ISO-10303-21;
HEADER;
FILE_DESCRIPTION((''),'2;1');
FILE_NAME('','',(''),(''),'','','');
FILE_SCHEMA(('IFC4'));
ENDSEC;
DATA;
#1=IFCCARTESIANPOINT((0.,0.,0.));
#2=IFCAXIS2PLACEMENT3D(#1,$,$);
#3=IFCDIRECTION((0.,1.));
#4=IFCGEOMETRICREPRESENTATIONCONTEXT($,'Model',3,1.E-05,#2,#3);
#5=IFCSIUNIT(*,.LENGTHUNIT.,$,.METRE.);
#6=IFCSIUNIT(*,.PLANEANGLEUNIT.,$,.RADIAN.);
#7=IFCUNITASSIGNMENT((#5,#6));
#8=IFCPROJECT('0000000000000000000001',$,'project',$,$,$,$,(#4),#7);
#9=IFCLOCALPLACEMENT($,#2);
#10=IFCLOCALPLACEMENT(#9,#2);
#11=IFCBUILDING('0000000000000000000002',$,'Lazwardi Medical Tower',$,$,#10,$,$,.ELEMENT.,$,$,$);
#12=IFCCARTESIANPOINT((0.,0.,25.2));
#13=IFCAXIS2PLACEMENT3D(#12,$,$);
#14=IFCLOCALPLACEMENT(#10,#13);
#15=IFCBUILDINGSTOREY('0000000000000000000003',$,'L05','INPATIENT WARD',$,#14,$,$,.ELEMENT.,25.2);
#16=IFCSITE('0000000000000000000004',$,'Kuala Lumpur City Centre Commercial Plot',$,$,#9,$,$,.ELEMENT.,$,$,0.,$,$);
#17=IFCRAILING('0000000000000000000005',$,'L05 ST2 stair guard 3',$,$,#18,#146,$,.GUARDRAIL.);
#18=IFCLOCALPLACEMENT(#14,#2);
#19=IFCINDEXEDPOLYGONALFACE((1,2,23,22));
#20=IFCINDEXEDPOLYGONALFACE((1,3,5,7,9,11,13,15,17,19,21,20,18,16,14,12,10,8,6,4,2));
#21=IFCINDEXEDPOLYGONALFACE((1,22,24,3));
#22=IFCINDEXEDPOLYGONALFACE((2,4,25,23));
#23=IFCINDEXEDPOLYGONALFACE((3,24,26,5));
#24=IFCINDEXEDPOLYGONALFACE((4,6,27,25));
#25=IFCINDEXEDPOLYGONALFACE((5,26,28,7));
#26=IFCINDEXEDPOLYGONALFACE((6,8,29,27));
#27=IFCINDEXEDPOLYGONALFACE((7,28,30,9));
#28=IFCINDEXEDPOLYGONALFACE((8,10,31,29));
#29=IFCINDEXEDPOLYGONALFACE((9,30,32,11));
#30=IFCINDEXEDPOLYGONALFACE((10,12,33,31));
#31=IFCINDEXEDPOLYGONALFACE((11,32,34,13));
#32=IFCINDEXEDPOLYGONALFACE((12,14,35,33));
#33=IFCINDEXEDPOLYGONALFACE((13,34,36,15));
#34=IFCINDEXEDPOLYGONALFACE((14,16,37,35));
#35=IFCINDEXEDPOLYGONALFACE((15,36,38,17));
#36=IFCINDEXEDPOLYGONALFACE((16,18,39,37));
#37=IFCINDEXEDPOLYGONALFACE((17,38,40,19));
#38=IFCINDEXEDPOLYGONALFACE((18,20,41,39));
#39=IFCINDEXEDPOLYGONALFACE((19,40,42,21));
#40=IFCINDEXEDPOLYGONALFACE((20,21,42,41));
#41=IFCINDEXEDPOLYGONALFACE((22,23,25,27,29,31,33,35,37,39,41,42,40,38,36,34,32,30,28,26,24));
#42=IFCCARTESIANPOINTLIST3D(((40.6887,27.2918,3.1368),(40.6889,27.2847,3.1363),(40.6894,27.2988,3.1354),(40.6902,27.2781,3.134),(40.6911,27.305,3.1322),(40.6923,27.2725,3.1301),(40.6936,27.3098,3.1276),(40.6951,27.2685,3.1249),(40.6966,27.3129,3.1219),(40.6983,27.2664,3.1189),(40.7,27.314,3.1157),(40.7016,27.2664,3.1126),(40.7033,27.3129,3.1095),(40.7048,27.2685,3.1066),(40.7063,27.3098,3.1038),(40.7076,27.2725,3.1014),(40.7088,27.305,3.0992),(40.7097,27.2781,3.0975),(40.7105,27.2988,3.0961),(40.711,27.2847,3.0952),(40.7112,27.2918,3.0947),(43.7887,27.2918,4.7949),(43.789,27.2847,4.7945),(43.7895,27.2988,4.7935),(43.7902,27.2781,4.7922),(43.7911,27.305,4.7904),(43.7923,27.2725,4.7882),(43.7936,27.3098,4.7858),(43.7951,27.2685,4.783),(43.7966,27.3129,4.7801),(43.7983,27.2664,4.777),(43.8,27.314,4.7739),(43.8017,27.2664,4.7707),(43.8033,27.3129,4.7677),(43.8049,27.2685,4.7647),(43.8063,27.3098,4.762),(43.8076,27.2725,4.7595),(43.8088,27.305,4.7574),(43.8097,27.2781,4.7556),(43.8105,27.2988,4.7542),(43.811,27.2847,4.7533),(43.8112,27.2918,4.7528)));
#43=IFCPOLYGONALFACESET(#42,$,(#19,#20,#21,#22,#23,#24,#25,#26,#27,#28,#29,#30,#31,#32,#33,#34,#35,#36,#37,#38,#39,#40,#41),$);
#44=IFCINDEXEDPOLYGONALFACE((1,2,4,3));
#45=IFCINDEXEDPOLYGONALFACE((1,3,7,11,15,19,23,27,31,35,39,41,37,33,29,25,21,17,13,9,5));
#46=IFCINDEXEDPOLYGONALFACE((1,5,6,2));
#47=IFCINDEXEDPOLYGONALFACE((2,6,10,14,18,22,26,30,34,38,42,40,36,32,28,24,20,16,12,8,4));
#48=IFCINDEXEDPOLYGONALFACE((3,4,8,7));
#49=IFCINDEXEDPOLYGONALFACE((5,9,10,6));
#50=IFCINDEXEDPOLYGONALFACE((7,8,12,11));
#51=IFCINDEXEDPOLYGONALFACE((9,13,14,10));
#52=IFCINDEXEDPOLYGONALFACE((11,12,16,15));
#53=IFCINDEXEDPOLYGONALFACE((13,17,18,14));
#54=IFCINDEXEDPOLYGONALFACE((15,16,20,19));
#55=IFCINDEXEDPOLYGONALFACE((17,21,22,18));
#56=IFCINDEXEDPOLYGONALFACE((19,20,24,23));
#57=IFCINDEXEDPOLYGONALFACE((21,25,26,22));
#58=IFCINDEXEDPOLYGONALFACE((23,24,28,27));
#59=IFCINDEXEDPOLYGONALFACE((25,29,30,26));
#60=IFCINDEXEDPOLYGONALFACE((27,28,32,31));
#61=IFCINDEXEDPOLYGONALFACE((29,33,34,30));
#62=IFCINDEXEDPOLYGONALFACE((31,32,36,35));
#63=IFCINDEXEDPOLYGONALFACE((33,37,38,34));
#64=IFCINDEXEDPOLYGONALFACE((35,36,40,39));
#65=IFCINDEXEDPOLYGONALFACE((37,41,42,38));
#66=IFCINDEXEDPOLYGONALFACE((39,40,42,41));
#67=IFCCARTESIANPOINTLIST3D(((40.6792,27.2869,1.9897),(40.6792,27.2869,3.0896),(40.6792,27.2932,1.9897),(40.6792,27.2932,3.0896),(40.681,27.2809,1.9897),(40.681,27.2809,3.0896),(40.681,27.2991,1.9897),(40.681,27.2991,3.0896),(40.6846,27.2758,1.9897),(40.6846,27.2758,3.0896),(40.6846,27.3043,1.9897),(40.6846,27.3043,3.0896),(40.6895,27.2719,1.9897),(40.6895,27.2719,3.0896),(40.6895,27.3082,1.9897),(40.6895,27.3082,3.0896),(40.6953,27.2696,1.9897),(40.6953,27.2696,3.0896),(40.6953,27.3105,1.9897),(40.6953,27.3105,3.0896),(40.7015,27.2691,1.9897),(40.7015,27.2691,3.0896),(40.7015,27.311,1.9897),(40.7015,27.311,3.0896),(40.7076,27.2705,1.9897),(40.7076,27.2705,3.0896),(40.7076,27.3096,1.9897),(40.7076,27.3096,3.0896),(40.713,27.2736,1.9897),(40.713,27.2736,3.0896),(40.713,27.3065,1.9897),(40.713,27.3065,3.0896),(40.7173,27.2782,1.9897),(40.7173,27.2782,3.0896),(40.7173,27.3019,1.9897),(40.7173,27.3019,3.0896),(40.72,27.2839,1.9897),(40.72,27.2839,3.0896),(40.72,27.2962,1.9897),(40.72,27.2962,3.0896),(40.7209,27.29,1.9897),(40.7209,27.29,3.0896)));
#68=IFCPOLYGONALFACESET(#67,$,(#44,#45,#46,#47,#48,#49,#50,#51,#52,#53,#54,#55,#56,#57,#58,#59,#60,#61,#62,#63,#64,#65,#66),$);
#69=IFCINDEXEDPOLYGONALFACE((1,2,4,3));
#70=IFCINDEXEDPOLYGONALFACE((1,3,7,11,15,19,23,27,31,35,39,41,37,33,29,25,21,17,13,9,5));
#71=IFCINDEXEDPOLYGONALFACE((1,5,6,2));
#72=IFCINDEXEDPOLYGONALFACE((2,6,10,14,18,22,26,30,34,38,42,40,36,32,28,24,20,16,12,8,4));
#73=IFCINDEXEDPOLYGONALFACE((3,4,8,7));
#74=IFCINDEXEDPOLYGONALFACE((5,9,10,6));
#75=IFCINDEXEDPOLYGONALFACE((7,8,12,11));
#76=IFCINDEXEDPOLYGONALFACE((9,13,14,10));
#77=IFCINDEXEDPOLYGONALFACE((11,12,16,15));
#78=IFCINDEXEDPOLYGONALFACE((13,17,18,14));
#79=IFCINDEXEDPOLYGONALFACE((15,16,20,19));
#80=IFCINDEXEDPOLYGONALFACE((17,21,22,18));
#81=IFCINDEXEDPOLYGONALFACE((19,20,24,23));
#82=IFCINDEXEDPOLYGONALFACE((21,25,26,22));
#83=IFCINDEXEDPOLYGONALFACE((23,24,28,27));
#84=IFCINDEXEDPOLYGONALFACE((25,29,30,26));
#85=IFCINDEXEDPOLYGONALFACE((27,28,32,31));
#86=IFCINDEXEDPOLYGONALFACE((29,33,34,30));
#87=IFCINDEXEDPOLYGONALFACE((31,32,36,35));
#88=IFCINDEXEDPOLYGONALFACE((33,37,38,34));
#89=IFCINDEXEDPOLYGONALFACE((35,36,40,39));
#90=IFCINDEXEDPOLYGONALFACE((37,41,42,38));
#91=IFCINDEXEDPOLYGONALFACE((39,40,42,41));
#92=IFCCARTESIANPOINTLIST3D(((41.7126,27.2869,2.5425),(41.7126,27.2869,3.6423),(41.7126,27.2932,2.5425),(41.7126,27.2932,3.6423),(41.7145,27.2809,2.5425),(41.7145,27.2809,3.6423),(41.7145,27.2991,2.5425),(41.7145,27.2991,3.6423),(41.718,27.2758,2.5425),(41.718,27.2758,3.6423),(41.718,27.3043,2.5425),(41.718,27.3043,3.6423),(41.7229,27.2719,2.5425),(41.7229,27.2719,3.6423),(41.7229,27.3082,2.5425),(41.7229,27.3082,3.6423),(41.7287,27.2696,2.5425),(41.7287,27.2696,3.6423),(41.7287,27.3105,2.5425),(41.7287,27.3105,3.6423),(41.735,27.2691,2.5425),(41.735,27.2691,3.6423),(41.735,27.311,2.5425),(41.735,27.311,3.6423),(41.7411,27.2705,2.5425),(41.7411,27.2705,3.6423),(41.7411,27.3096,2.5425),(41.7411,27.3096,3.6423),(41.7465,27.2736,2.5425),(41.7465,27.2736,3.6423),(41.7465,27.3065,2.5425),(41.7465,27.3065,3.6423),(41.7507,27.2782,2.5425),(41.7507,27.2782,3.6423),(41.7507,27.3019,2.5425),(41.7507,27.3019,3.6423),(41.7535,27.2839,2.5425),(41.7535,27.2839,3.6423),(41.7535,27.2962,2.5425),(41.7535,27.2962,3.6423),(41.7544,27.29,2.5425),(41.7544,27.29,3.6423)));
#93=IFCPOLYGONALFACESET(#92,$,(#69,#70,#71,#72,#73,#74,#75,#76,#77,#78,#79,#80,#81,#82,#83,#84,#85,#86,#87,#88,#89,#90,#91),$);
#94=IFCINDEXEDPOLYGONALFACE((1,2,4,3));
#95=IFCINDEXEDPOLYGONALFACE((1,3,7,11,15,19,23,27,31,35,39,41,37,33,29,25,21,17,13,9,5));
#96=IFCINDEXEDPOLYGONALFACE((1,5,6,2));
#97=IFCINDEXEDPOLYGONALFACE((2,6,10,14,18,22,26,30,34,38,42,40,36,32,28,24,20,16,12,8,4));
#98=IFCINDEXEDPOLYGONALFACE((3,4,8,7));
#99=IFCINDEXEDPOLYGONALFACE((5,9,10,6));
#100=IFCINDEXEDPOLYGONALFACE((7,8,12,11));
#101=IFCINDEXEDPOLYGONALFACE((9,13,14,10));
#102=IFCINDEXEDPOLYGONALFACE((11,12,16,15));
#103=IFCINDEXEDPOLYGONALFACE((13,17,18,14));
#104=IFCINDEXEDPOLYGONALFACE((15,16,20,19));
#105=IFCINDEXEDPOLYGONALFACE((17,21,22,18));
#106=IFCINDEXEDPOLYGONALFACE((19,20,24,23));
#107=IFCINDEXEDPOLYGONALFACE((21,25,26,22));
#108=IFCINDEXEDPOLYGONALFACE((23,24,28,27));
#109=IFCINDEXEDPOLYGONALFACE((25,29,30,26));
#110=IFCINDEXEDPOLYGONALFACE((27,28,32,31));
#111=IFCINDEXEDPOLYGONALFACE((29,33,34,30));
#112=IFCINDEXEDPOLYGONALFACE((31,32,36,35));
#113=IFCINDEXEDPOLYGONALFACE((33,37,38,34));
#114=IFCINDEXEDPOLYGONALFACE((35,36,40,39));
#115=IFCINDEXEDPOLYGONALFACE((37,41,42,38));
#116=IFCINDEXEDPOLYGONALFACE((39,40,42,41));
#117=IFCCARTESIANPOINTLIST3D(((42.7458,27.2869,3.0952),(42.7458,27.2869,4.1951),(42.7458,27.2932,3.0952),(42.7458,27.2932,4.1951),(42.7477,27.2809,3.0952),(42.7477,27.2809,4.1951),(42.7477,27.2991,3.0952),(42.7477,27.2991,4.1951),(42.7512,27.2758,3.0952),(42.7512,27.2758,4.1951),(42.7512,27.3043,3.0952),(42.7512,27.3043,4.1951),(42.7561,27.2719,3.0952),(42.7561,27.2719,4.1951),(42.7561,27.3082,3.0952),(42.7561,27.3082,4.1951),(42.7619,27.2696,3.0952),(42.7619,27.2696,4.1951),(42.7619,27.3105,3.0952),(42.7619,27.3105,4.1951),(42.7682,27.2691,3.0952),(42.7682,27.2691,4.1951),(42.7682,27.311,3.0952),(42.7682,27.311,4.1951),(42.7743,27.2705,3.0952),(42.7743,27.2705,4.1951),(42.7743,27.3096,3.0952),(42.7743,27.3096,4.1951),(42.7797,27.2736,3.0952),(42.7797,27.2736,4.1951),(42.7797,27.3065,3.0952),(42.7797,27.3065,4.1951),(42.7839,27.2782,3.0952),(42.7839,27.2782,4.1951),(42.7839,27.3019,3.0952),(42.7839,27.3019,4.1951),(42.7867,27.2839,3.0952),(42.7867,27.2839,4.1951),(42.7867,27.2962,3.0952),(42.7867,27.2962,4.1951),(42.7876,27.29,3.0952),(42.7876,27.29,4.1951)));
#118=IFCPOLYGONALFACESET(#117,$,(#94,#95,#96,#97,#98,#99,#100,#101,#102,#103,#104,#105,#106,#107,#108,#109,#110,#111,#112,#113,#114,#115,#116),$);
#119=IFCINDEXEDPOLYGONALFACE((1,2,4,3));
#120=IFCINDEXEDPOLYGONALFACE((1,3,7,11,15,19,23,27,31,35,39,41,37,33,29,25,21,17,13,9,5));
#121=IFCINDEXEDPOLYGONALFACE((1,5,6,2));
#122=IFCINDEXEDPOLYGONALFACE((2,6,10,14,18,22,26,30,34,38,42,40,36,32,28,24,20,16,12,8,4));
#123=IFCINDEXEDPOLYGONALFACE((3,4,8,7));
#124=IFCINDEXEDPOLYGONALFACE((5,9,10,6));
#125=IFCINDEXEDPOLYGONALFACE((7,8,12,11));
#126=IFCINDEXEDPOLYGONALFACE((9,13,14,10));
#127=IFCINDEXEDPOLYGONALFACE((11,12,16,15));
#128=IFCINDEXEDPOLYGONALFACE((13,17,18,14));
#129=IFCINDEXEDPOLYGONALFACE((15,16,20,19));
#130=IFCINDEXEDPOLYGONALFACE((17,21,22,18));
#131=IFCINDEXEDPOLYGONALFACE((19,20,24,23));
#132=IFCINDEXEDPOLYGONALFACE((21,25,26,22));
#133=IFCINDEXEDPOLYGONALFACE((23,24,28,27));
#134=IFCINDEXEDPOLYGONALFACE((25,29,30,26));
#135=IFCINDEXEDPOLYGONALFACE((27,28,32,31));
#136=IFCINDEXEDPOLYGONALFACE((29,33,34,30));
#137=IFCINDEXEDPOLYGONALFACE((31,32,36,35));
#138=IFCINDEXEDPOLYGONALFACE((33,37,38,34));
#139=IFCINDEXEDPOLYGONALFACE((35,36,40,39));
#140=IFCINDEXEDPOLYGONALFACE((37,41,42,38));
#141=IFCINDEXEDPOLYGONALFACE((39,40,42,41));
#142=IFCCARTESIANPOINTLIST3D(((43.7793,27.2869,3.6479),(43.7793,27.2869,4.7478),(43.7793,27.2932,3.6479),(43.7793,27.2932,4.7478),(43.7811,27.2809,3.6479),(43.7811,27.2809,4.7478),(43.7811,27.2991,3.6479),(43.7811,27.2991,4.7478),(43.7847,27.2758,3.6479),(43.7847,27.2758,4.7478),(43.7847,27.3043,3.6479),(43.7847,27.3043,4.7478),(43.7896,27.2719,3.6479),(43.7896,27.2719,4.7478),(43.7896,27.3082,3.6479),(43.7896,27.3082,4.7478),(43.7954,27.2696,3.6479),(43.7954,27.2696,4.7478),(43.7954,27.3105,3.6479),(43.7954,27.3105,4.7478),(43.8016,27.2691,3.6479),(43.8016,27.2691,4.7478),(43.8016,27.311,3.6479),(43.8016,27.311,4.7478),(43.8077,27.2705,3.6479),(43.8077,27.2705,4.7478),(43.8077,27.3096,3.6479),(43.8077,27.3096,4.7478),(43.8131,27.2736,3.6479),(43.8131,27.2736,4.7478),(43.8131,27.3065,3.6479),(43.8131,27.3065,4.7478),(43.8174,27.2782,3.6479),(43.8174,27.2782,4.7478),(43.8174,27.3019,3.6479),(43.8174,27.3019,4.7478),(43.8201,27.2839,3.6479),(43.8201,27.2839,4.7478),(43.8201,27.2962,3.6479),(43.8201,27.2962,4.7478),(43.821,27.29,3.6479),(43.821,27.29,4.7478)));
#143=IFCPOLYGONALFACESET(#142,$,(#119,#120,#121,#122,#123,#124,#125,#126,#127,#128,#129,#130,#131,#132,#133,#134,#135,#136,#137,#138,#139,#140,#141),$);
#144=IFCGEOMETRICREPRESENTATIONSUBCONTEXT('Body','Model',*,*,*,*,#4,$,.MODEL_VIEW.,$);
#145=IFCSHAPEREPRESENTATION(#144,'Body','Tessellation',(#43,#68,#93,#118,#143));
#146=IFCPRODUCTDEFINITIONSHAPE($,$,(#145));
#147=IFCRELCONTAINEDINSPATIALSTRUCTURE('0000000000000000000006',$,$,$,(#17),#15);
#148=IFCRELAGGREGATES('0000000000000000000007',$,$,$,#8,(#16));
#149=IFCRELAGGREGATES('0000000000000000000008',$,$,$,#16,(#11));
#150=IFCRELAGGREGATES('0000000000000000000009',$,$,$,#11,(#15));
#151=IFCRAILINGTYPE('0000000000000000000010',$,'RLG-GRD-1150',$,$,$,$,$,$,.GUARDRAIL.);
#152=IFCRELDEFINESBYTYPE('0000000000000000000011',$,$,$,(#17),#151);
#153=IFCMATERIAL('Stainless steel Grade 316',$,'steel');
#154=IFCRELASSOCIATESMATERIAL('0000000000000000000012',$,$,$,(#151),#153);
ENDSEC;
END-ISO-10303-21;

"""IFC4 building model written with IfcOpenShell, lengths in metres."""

from ifc_helpers import new_model, si_unit, direction, frame, origin, origin_2d, place, context, subcontext, project, spatial, circle, extrude, material, type_object, element, save


model = new_model("IFC4")

# Units and contexts
model_context = context("Model", 3, precision=1e-05, world=origin(), true_north=direction((0.0, 1.0)))
body_context = subcontext(model_context, "Body", "Model", "MODEL_VIEW")
ifc_project = project(units=[si_unit("LENGTHUNIT", "METRE"), si_unit("PLANEANGLEUNIT", "RADIAN")], contexts=[model_context])

# Site, building, storey
site_placement = place(None, origin())
site = spatial("IfcSite", under=ifc_project, at=site_placement, Name="Kuala Lumpur City Centre Commercial Plot", CompositionType="ELEMENT", RefElevation=0.0)
building_placement = place(site_placement, origin())
building = spatial("IfcBuilding", under=site, at=building_placement, Name="Lazwardi Medical Tower", CompositionType="ELEMENT")
storey_placement = place(building_placement, frame((0.0, 0.0, 25.2)))
storey = spatial("IfcBuildingStorey", under=building, at=storey_placement, Name="L05", Description="INPATIENT WARD", CompositionType="ELEMENT", Elevation=25.2)

# Railing
ifc_material_1 = material(Name="Stainless steel Grade 316", Category="steel")
railing_type_1 = type_object("IfcRailingType", Name="RLG-GRD-1150", PredefinedType="GUARDRAIL", material=ifc_material_1)
railing_1_placement = place(storey_placement, frame((40.7, 27.29, 1.9897)))
element("IfcRailing", 1, at=railing_1_placement, inside=storey, type_object=railing_type_1, Name="L05 ST2 stair guard 3", PredefinedType="GUARDRAIL", context=body_context, shape_type="SweptSolid", body=[
    extrude(circle(Radius=0.0239, at=origin_2d()), frame((0.0, 0.0, 1.126), z_axis=(0.881783, 0.0, 0.471655), x_axis=(0.0, 1.0, 0.0)), (0.0, 0.0, 1.0), 3.5156),
    extrude(circle(Radius=0.021, at=origin_2d()), origin(), (0.0, 0.0, 1.0), 1.0999),
    extrude(circle(Radius=0.021, at=origin_2d()), frame((1.0334, 0.0, 0.5527)), (0.0, 0.0, 1.0), 1.0999),
    extrude(circle(Radius=0.021, at=origin_2d()), frame((2.0667, 0.0, 1.1055)), (0.0, 0.0, 1.0), 1.0999),
    extrude(circle(Radius=0.021, at=origin_2d()), frame((3.1001, 0.0, 1.6582)), (0.0, 0.0, 1.0), 1.0999),
])

save(model, "model.ifc")
